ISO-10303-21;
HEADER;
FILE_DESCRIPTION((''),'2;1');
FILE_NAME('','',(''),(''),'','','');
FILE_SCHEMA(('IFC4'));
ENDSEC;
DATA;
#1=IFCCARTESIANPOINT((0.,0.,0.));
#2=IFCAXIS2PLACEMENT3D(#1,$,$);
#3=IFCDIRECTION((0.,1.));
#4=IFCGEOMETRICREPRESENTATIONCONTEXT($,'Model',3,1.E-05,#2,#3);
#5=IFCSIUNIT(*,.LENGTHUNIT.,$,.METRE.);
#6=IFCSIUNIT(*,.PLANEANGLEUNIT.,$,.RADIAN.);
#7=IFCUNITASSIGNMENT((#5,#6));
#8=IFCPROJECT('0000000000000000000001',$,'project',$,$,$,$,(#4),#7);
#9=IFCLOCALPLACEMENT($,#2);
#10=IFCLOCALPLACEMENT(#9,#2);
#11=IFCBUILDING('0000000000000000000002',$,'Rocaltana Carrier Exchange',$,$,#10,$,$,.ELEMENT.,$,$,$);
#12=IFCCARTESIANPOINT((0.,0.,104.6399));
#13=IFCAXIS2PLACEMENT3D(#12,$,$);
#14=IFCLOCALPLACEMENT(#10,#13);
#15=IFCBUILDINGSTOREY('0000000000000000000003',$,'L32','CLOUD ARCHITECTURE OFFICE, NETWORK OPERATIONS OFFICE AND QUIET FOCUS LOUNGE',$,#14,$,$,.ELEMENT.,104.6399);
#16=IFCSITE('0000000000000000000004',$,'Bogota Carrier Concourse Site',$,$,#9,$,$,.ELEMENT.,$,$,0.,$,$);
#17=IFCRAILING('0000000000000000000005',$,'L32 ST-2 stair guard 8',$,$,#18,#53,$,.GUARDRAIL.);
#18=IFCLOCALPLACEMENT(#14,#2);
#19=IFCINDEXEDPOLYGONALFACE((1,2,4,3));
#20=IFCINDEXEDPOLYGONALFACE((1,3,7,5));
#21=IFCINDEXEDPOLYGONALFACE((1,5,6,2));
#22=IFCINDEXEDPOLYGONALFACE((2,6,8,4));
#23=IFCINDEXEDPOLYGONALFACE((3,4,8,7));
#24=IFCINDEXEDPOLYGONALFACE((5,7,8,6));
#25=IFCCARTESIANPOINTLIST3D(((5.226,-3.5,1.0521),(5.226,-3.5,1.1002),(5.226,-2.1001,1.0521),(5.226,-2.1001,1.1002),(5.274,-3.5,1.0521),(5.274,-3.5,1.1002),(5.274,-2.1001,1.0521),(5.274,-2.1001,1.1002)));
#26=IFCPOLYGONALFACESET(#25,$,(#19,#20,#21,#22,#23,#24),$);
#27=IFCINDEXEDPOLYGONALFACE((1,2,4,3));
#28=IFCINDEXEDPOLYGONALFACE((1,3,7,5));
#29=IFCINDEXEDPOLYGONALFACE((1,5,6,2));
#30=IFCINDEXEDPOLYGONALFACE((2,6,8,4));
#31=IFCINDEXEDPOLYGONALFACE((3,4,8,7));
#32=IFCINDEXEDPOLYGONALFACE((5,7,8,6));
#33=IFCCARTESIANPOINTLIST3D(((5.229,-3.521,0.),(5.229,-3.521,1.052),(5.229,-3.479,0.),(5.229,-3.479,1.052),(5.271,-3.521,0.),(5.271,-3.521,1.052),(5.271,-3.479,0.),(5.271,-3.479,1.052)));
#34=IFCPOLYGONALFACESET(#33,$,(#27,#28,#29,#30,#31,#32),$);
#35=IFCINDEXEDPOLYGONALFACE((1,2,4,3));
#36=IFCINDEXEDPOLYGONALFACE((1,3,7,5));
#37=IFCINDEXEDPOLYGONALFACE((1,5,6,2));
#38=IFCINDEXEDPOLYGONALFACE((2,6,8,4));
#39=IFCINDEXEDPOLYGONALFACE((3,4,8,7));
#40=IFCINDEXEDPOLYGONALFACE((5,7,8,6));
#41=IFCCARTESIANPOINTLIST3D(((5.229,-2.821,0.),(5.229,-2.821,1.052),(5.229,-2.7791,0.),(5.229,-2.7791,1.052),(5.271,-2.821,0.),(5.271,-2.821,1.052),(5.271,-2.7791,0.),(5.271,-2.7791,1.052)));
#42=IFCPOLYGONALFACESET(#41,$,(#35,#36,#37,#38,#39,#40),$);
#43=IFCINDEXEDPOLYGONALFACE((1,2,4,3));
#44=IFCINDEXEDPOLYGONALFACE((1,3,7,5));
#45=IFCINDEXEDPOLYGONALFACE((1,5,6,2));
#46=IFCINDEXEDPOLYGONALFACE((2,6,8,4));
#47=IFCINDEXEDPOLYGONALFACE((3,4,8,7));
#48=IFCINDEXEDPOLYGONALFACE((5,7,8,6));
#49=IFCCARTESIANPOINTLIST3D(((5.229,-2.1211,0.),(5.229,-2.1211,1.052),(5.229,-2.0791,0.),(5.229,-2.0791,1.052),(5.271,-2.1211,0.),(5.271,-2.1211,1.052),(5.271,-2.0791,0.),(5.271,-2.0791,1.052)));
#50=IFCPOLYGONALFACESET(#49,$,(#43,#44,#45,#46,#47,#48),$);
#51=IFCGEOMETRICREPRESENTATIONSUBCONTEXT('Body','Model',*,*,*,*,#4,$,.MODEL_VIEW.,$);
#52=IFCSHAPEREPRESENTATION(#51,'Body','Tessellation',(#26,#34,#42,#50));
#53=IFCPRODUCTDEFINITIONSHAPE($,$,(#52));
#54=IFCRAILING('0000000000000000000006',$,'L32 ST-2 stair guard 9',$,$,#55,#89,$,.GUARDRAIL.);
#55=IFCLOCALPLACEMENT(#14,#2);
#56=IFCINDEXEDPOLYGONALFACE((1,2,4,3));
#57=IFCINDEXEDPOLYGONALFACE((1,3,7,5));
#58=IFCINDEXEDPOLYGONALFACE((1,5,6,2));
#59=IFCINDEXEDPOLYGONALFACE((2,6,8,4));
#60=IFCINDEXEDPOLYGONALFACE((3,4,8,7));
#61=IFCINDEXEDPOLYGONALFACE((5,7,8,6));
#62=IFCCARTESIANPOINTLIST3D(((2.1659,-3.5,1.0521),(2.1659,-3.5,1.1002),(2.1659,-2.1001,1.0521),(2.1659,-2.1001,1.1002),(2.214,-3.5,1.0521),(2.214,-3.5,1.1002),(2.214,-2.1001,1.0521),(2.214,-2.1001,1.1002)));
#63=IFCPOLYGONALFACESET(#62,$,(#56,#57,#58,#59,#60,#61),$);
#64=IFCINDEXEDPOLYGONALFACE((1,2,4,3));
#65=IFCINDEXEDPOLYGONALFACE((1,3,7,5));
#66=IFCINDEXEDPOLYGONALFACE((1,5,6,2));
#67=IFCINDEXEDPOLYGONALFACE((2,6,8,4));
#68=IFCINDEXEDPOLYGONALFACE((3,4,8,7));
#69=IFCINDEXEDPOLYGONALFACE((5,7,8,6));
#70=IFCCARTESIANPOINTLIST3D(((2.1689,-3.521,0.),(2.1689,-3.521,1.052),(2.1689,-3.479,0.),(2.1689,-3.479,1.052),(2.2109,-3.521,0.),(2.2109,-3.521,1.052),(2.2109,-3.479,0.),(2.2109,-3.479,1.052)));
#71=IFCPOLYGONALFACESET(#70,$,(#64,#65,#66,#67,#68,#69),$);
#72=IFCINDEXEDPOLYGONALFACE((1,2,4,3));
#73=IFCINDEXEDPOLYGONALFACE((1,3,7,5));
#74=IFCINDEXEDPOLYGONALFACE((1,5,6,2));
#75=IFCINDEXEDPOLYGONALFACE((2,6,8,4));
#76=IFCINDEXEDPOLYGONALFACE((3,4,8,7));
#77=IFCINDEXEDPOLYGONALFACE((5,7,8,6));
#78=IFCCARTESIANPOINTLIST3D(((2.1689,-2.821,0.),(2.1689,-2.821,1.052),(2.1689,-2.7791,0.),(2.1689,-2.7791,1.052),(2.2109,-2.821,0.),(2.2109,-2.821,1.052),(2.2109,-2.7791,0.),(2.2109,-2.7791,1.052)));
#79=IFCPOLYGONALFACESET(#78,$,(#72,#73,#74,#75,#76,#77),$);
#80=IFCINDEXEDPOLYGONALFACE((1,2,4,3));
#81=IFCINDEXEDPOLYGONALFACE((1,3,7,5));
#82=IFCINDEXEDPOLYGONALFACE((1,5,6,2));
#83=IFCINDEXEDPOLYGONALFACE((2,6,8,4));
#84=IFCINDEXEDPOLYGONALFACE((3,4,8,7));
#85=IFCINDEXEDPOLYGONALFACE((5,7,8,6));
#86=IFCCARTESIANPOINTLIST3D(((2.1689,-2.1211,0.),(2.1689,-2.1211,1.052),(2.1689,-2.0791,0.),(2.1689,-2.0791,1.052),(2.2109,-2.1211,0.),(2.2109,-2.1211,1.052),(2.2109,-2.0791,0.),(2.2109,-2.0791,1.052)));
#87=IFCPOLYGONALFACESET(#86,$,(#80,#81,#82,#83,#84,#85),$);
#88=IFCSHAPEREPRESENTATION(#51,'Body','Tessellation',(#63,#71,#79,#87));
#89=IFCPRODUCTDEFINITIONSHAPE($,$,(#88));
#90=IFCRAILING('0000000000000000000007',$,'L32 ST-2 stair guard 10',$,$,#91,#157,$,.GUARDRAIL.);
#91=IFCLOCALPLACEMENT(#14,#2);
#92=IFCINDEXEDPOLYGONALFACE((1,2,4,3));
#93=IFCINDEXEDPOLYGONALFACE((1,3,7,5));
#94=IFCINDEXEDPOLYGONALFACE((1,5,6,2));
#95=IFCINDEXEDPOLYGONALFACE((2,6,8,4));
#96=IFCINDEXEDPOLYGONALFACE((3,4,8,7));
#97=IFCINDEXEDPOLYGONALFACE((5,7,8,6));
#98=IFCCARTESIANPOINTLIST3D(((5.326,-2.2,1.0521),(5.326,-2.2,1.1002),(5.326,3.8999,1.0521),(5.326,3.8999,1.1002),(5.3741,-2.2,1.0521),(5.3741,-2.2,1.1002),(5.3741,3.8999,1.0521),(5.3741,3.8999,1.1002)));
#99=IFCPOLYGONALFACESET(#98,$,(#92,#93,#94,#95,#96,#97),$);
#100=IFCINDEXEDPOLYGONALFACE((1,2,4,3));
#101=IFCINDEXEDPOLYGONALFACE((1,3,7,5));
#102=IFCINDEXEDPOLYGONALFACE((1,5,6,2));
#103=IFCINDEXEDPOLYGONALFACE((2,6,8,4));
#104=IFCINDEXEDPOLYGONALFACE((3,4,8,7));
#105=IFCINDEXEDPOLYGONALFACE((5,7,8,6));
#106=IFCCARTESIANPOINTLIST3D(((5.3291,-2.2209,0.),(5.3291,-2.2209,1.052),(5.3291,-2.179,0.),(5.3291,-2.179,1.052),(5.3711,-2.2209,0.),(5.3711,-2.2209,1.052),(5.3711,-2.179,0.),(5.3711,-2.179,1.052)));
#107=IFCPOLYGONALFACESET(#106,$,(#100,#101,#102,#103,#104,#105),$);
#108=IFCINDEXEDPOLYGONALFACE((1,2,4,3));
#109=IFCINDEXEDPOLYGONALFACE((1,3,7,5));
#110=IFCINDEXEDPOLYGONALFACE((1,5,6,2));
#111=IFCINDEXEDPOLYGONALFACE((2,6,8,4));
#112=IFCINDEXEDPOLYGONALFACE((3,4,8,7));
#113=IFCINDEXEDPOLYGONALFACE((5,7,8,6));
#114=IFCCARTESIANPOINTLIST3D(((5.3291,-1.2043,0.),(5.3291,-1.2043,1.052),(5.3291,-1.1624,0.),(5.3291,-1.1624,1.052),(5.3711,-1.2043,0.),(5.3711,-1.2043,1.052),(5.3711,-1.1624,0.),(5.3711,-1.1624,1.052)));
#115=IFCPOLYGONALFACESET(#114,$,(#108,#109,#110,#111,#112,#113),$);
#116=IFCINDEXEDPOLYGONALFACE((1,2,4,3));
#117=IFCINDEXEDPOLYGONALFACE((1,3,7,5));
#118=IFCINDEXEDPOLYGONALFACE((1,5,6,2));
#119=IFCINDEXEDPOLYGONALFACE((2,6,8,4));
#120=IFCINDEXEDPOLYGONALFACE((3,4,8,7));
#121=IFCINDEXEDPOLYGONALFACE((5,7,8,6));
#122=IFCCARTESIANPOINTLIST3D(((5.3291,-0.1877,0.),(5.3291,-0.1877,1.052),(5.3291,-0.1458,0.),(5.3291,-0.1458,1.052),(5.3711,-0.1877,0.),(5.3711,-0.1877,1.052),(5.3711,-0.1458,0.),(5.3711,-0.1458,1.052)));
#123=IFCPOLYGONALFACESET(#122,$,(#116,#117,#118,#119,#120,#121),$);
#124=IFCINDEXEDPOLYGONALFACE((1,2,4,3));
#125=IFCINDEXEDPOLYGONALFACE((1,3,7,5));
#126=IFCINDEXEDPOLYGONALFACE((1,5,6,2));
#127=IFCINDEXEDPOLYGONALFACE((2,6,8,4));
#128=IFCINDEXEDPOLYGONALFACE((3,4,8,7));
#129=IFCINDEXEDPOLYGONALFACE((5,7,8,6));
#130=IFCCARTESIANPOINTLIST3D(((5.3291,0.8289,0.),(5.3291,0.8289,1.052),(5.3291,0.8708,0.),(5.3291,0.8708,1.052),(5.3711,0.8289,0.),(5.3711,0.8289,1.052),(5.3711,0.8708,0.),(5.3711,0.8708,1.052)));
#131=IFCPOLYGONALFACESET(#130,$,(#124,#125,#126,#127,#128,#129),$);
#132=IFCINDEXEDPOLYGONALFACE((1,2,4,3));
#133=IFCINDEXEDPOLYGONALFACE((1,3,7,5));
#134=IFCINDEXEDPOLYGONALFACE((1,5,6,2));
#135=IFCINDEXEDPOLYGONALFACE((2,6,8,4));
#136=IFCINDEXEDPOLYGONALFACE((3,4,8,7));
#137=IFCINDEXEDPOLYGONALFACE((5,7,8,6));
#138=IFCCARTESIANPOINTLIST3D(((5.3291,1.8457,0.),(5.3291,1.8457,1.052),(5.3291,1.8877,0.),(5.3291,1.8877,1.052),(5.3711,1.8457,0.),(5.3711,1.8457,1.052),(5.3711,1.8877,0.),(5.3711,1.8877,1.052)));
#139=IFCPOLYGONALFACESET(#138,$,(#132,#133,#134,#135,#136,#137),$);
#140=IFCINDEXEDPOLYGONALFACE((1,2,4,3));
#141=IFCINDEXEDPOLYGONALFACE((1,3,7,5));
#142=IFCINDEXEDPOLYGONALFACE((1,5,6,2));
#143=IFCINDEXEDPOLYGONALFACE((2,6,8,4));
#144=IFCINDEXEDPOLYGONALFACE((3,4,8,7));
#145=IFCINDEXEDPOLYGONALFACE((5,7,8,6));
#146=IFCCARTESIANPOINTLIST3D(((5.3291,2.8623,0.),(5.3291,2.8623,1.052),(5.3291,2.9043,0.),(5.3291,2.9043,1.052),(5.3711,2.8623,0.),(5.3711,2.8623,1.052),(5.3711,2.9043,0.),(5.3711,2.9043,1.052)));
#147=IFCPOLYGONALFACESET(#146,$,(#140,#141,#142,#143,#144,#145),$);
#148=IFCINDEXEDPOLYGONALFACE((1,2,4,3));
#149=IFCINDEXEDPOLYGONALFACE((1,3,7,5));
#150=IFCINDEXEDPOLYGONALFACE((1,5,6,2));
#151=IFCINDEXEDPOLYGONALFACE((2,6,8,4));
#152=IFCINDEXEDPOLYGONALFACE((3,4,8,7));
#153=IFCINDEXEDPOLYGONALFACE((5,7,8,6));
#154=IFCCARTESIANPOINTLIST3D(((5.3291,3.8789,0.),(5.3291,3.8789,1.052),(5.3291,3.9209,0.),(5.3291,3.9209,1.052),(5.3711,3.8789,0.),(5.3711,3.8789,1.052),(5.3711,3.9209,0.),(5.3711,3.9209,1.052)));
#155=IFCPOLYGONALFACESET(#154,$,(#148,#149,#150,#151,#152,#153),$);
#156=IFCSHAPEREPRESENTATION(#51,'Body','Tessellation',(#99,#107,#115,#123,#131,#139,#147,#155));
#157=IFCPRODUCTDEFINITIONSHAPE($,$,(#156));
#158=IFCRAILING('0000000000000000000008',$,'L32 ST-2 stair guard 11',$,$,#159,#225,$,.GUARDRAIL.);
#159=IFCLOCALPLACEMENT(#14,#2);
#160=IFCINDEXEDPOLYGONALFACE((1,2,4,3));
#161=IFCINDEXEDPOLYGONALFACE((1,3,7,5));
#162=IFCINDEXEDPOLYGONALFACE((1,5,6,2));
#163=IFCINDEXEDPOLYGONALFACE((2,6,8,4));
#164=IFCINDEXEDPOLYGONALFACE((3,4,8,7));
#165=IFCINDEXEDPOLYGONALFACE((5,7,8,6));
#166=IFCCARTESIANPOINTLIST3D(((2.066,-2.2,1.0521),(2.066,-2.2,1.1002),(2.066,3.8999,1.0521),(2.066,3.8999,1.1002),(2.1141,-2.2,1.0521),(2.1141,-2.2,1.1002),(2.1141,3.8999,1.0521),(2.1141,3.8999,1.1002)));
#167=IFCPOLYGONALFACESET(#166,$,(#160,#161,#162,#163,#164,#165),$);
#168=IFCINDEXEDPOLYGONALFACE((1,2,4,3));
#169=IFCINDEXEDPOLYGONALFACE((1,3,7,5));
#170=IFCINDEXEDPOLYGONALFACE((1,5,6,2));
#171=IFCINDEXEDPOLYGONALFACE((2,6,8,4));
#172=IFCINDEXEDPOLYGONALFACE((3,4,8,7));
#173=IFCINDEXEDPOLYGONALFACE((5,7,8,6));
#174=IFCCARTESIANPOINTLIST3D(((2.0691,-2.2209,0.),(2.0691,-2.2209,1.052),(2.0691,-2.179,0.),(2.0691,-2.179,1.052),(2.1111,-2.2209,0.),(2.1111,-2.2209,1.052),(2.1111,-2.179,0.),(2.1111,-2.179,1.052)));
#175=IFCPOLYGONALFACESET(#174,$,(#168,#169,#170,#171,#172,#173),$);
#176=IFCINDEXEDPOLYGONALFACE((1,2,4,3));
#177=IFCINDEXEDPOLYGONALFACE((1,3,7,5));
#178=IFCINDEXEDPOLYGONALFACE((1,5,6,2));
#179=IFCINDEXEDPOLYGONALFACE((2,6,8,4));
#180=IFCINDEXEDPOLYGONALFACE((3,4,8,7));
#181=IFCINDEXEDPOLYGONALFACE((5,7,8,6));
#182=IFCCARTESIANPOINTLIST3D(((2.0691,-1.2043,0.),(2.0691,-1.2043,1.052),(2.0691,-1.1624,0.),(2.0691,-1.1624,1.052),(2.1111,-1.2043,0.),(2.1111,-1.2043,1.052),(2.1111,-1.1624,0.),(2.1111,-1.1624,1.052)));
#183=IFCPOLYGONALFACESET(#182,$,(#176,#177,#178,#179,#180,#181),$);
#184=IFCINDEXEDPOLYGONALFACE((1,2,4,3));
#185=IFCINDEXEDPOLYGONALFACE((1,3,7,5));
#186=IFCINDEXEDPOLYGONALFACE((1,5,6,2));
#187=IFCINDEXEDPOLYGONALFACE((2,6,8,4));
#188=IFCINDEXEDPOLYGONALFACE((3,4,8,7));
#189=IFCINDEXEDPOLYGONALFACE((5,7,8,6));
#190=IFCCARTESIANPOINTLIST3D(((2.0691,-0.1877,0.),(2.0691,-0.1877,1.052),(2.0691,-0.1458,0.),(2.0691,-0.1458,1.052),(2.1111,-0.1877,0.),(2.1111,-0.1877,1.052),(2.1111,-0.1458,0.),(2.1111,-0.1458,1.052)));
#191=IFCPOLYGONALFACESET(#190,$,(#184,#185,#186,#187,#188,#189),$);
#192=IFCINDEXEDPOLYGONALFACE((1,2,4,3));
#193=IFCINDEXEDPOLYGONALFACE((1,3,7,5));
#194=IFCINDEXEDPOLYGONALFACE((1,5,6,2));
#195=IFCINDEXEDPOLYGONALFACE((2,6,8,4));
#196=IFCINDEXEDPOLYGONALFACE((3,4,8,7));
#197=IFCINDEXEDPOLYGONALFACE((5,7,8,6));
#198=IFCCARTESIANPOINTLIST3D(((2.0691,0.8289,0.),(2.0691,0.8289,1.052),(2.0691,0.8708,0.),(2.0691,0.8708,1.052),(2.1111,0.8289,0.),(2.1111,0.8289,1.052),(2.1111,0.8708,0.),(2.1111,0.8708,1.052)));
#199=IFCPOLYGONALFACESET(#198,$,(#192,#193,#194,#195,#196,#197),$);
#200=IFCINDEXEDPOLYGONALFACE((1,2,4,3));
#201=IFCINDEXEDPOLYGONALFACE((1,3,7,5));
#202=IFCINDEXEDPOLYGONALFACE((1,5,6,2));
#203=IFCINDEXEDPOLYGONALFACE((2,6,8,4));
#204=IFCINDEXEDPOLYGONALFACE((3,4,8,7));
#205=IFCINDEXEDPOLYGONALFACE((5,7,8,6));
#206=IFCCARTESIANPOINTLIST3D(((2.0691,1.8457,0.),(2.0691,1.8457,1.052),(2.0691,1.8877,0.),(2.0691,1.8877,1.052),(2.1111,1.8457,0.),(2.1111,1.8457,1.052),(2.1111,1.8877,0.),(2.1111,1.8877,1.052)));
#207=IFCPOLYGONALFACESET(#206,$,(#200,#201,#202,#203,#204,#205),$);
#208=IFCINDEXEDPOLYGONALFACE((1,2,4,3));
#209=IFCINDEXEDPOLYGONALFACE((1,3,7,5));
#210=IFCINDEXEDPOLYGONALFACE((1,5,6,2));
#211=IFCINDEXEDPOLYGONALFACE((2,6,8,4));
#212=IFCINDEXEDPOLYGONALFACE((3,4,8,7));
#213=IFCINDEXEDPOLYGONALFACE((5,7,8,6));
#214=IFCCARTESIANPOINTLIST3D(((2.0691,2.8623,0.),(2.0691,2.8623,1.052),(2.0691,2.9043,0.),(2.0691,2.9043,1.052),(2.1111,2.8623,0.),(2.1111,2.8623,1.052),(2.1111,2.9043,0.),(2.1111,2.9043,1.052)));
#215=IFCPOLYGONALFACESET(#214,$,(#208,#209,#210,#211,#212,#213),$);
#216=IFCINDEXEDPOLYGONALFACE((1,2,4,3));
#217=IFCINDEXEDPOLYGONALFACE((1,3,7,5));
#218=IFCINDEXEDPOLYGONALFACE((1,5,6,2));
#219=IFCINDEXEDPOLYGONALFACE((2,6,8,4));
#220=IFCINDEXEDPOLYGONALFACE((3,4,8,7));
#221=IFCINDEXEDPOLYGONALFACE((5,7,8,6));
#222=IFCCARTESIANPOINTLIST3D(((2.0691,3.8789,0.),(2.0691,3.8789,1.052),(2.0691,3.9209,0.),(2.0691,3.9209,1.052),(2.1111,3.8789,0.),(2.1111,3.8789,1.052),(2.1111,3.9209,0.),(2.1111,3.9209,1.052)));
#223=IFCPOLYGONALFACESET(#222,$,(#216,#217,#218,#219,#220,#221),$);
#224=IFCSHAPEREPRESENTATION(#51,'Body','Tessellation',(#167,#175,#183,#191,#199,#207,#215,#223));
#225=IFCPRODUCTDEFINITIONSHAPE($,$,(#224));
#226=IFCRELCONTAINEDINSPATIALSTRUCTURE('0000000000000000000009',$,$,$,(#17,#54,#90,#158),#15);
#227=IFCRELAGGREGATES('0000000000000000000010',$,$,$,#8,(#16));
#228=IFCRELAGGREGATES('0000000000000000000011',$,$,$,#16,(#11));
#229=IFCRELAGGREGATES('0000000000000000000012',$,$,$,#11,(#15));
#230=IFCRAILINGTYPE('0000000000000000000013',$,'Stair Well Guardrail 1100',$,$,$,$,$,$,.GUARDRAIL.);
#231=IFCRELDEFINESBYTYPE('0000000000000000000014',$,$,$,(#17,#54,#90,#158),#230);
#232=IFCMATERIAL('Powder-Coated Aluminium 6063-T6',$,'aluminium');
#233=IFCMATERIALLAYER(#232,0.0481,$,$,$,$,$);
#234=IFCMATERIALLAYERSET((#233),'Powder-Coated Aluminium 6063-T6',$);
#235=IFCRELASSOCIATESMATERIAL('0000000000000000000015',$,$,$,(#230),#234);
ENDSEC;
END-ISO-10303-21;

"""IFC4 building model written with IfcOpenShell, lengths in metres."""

from ifc_helpers import new_model, si_unit, direction, frame, origin, origin_2d, place, context, subcontext, project, spatial, rectangle, extrude, material, layer, layer_set, type_object, element, save


model = new_model("IFC4")

# Units and contexts
model_context = context("Model", 3, precision=1e-05, world=origin(), true_north=direction((0.0, 1.0)))
body_context = subcontext(model_context, "Body", "Model", "MODEL_VIEW")
ifc_project = project(units=[si_unit("LENGTHUNIT", "METRE"), si_unit("PLANEANGLEUNIT", "RADIAN")], contexts=[model_context])

# Site, building, storey
site_placement = place(None, origin())
site = spatial("IfcSite", under=ifc_project, at=site_placement, Name="Bogota Carrier Concourse Site", CompositionType="ELEMENT", RefElevation=0.0)
building_placement = place(site_placement, origin())
building = spatial("IfcBuilding", under=site, at=building_placement, Name="Rocaltana Carrier Exchange", CompositionType="ELEMENT")
storey_placement = place(building_placement, frame((0.0, 0.0, 104.6399)))
storey = spatial("IfcBuildingStorey", under=building, at=storey_placement, Name="L32", Description="CLOUD ARCHITECTURE OFFICE, NETWORK OPERATIONS OFFICE AND QUIET FOCUS LOUNGE", CompositionType="ELEMENT", Elevation=104.6399)

# Railings
ifc_material_1 = material(Name="Powder-Coated Aluminium 6063-T6", Category="aluminium")
ifc_layer_1 = layer(ifc_material_1, 0.0481)
ifc_layer_set_1 = layer_set([ifc_layer_1], Name="Powder-Coated Aluminium 6063-T6")
railing_type_1 = type_object("IfcRailingType", Name="Stair Well Guardrail 1100", PredefinedType="GUARDRAIL", material=ifc_layer_set_1)
for number, where, name in (
    (1, (5.25, -3.5, 0.0), "L32 ST-2 stair guard 8"),
    (2, (2.1899, -3.5, 0.0), "L32 ST-2 stair guard 9"),
):
    element("IfcRailing", number, at=place(storey_placement, frame(where)), inside=storey, type_object=railing_type_1, Name=name, PredefinedType="GUARDRAIL", context=body_context, shape_type="SweptSolid", body=[
        extrude(rectangle(XDim=0.0481, YDim=0.0481, at=origin_2d()), frame((0.0, 0.0, 1.0762), z_axis=(0.0, 1.0, 0.0), x_axis=(-1.0, 0.0, 0.0)), (0.0, 0.0, 1.0), 1.3999),
        extrude(rectangle(XDim=0.042, YDim=0.042, at=origin_2d()), origin(), (0.0, 0.0, 1.0), 1.052),
        extrude(rectangle(XDim=0.042, YDim=0.042, at=origin_2d()), frame((0.0, 0.7, 0.0)), (0.0, 0.0, 1.0), 1.052),
        extrude(rectangle(XDim=0.042, YDim=0.042, at=origin_2d()), frame((0.0, 1.3999, 0.0)), (0.0, 0.0, 1.0), 1.052),
    ])
for number, where, name in (
    (3, (5.3501, -2.2, 0.0), "L32 ST-2 stair guard 10"),
    (4, (2.0901, -2.2, 0.0), "L32 ST-2 stair guard 11"),
):
    element("IfcRailing", number, at=place(storey_placement, frame(where)), inside=storey, type_object=railing_type_1, Name=name, PredefinedType="GUARDRAIL", context=body_context, shape_type="SweptSolid", body=[
        extrude(rectangle(XDim=0.0481, YDim=0.0481, at=origin_2d()), frame((0.0, 0.0, 1.0762), z_axis=(0.0, 1.0, 0.0), x_axis=(-1.0, 0.0, 0.0)), (0.0, 0.0, 1.0), 6.0999),
        extrude(rectangle(XDim=0.042, YDim=0.042, at=origin_2d()), origin(), (0.0, 0.0, 1.0), 1.052),
        extrude(rectangle(XDim=0.042, YDim=0.042, at=origin_2d()), frame((0.0, 1.0166, 0.0)), (0.0, 0.0, 1.0), 1.052),
        extrude(rectangle(XDim=0.042, YDim=0.042, at=origin_2d()), frame((0.0, 2.0332, 0.0)), (0.0, 0.0, 1.0), 1.052),
        extrude(rectangle(XDim=0.042, YDim=0.042, at=origin_2d()), frame((0.0, 3.0498, 0.0)), (0.0, 0.0, 1.0), 1.052),
        extrude(rectangle(XDim=0.042, YDim=0.042, at=origin_2d()), frame((0.0, 4.0667, 0.0)), (0.0, 0.0, 1.0), 1.052),
        extrude(rectangle(XDim=0.042, YDim=0.042, at=origin_2d()), frame((0.0, 5.0833, 0.0)), (0.0, 0.0, 1.0), 1.052),
        extrude(rectangle(XDim=0.042, YDim=0.042, at=origin_2d()), frame((0.0, 6.0999, 0.0)), (0.0, 0.0, 1.0), 1.052),
    ])

save(model, "model.ifc")
